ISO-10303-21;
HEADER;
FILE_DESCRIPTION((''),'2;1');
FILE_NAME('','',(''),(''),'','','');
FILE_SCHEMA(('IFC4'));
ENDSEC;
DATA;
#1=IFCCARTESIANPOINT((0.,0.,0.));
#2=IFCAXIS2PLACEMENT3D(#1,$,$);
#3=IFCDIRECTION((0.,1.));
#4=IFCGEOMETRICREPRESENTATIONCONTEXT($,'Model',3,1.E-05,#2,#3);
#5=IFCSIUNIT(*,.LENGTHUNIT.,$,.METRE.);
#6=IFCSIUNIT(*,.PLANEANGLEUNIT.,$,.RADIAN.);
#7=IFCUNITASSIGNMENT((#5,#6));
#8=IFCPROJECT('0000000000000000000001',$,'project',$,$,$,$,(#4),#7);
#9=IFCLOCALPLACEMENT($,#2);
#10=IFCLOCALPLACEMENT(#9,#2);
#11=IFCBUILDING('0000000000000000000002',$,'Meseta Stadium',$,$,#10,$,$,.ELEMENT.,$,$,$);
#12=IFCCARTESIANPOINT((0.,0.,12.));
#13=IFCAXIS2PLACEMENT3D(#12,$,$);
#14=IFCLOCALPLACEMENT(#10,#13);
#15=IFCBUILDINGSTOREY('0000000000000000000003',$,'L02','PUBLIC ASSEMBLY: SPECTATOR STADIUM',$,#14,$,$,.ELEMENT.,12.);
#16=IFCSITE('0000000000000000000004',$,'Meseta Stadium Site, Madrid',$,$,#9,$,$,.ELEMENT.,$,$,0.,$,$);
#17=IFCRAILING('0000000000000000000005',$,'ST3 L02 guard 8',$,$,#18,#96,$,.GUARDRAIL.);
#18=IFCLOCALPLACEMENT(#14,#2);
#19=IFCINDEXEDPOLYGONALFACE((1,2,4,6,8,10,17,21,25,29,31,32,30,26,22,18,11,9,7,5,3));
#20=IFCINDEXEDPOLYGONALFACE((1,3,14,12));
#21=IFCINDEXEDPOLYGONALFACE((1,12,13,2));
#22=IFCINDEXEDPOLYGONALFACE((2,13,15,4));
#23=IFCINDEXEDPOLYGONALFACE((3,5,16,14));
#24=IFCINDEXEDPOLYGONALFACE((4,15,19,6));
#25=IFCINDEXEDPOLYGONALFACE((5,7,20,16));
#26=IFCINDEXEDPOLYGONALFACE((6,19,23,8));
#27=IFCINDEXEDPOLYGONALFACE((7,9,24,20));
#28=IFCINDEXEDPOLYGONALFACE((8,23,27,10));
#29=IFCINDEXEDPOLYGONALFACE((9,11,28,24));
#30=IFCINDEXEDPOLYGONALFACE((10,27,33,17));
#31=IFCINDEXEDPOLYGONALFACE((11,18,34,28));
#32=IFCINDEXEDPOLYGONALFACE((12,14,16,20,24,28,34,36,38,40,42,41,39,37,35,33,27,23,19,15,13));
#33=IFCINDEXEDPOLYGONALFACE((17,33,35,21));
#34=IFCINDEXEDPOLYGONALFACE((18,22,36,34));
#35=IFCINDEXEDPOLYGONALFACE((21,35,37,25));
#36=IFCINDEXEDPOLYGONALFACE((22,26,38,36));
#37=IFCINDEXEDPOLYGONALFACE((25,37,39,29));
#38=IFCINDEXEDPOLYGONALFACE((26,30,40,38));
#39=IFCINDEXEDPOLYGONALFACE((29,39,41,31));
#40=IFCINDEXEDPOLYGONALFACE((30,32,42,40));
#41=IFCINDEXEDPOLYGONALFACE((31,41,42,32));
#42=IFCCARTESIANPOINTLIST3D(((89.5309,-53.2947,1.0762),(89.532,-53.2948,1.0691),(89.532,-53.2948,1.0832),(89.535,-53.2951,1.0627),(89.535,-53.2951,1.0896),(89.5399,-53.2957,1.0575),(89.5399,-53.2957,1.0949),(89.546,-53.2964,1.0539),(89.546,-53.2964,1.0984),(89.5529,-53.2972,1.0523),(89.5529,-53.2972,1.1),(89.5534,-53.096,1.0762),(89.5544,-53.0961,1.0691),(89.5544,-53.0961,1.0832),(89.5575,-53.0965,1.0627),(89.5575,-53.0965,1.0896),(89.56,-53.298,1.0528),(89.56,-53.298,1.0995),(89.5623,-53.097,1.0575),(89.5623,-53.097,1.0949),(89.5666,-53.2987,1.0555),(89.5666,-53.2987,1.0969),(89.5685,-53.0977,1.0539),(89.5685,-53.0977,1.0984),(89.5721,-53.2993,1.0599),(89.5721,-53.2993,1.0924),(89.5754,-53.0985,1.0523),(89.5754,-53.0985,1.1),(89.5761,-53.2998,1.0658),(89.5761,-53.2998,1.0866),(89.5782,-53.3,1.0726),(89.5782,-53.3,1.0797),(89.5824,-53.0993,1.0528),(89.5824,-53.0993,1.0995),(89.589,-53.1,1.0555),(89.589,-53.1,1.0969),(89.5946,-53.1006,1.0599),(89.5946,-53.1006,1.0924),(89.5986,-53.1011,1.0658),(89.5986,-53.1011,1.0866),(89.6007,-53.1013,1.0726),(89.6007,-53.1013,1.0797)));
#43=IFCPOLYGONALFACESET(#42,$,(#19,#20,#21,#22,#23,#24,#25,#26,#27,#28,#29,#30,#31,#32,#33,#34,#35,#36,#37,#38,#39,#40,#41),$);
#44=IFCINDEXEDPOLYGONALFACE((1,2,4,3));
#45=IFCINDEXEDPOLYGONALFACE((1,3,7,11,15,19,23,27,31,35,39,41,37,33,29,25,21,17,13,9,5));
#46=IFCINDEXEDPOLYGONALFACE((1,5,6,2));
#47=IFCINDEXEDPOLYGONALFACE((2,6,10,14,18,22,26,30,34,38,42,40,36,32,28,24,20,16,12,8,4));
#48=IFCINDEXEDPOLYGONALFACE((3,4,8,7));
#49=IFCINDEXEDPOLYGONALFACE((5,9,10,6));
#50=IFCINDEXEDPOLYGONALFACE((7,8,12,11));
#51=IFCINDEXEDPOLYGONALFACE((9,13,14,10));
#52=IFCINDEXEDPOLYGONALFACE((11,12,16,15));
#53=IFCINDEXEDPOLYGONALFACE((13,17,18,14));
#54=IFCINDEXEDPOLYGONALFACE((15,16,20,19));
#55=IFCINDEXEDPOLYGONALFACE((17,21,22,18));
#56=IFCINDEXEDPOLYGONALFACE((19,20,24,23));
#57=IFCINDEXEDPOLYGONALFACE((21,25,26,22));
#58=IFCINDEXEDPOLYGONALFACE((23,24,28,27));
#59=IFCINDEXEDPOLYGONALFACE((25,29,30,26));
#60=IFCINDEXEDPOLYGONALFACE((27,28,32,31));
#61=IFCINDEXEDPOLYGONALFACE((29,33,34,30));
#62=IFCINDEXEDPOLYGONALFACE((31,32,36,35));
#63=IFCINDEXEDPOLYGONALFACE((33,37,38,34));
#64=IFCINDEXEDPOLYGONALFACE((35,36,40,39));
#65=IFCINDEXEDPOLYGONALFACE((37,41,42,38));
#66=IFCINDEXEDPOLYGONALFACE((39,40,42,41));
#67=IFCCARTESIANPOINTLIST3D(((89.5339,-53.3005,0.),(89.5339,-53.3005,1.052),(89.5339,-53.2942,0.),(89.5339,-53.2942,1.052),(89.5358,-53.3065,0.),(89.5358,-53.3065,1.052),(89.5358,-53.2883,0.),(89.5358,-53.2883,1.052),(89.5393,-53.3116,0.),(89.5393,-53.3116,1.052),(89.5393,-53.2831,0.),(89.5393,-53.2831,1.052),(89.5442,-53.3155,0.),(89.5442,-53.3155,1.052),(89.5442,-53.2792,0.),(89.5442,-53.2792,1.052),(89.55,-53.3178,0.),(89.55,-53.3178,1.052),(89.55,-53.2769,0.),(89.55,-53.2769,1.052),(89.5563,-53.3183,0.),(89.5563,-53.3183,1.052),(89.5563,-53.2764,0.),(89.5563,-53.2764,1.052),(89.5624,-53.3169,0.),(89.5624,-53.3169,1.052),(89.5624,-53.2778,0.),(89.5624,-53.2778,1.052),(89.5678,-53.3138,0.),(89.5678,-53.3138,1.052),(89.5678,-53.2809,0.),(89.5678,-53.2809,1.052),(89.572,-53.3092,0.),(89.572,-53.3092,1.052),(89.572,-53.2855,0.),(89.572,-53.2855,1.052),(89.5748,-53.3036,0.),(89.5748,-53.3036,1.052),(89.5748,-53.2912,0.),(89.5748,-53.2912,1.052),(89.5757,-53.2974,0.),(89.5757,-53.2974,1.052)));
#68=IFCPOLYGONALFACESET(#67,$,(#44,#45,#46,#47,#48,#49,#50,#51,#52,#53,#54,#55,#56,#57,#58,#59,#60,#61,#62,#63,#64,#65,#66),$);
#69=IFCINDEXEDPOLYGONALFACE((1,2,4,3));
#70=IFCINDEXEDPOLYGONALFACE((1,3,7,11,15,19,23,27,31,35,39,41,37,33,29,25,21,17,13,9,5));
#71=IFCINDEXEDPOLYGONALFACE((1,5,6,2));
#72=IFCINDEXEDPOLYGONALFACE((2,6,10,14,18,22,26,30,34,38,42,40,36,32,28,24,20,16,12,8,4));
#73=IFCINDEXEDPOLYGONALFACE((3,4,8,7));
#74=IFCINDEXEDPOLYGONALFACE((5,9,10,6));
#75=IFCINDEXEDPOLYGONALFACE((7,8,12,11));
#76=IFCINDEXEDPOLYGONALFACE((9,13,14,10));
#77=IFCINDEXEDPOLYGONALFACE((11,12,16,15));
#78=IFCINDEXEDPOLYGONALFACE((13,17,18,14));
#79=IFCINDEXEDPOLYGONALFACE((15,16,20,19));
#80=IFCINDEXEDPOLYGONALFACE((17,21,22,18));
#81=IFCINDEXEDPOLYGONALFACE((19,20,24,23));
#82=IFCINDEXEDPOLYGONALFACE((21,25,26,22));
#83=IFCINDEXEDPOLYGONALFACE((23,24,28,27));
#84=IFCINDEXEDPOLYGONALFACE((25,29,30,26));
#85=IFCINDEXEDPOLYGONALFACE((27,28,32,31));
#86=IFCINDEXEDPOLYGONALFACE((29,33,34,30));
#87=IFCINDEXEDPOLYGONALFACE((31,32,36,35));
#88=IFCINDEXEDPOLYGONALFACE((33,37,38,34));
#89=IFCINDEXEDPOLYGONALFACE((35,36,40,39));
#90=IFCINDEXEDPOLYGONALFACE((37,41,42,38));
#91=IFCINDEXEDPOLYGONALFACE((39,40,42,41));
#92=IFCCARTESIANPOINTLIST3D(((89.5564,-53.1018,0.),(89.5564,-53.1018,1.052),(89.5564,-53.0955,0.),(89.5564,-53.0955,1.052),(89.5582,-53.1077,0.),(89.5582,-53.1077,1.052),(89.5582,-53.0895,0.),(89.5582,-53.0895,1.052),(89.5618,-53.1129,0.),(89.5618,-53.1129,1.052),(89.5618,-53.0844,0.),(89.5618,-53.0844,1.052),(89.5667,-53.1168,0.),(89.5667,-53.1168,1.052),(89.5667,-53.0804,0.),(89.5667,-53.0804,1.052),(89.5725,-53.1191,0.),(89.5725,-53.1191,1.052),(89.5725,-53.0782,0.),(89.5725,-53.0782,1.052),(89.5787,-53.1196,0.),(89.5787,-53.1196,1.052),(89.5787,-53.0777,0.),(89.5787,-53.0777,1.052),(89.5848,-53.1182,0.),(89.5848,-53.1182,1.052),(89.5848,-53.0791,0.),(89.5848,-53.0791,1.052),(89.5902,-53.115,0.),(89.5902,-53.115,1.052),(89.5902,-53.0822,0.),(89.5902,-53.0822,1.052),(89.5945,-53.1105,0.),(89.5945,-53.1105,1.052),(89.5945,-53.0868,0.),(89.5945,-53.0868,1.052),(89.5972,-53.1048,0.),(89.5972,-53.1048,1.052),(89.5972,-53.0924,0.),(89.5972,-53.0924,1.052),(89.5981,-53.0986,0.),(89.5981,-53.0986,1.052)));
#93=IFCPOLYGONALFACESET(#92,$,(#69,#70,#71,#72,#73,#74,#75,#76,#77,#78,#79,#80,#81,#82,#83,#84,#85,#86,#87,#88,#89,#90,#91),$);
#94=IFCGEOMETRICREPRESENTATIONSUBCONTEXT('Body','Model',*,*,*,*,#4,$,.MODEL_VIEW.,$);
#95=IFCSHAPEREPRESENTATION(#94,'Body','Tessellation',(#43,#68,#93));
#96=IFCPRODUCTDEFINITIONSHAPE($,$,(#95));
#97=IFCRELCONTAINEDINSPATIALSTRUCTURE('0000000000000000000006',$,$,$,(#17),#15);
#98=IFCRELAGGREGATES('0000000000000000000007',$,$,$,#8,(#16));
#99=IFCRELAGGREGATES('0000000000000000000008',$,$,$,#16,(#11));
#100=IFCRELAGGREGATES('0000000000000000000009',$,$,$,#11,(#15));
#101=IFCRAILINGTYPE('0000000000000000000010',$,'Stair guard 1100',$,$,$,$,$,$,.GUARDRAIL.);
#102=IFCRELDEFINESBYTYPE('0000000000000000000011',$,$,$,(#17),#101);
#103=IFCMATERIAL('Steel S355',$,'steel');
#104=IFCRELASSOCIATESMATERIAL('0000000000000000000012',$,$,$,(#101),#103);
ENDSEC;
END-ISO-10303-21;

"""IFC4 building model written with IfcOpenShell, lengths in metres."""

from ifc_helpers import new_model, si_unit, direction, frame, origin, origin_2d, place, context, subcontext, project, spatial, circle, extrude, material, type_object, element, save


model = new_model("IFC4")

# Units and contexts
model_context = context("Model", 3, precision=1e-05, world=origin(), true_north=direction((0.0, 1.0)))
body_context = subcontext(model_context, "Body", "Model", "MODEL_VIEW")
ifc_project = project(units=[si_unit("LENGTHUNIT", "METRE"), si_unit("PLANEANGLEUNIT", "RADIAN")], contexts=[model_context])

# Site, building, storey
site_placement = place(None, origin())
site = spatial("IfcSite", under=ifc_project, at=site_placement, Name="Meseta Stadium Site, Madrid", CompositionType="ELEMENT", RefElevation=0.0)
building_placement = place(site_placement, origin())
building = spatial("IfcBuilding", under=site, at=building_placement, Name="Meseta Stadium", CompositionType="ELEMENT")
storey_placement = place(building_placement, frame((0.0, 0.0, 12.0)))
storey = spatial("IfcBuildingStorey", under=building, at=storey_placement, Name="L02", Description="PUBLIC ASSEMBLY: SPECTATOR STADIUM", CompositionType="ELEMENT", Elevation=12.0)

# Railing
ifc_material_1 = material(Name="Steel S355", Category="steel")
railing_type_1 = type_object("IfcRailingType", Name="Stair guard 1100", PredefinedType="GUARDRAIL", material=ifc_material_1)
railing_1_placement = place(storey_placement, frame((89.5547, -53.2974, 0.0)))
element("IfcRailing", 1, at=railing_1_placement, inside=storey, type_object=railing_type_1, Name="ST3 L02 guard 8", PredefinedType="GUARDRAIL", context=body_context, shape_type="SweptSolid", body=[
    extrude(circle(Radius=0.0239, at=origin_2d()), frame((0.0, 0.0, 1.0762), z_axis=(0.112307, 0.993674, 0.0), x_axis=(-0.993674, 0.112307, 0.0)), (0.0, 0.0, 1.0), 0.2),
    extrude(circle(Radius=0.021, at=origin_2d()), origin(), (0.0, 0.0, 1.0), 1.052),
    extrude(circle(Radius=0.021, at=origin_2d()), frame((0.0225, 0.1987, 0.0)), (0.0, 0.0, 1.0), 1.052),
])

save(model, "model.ifc")
